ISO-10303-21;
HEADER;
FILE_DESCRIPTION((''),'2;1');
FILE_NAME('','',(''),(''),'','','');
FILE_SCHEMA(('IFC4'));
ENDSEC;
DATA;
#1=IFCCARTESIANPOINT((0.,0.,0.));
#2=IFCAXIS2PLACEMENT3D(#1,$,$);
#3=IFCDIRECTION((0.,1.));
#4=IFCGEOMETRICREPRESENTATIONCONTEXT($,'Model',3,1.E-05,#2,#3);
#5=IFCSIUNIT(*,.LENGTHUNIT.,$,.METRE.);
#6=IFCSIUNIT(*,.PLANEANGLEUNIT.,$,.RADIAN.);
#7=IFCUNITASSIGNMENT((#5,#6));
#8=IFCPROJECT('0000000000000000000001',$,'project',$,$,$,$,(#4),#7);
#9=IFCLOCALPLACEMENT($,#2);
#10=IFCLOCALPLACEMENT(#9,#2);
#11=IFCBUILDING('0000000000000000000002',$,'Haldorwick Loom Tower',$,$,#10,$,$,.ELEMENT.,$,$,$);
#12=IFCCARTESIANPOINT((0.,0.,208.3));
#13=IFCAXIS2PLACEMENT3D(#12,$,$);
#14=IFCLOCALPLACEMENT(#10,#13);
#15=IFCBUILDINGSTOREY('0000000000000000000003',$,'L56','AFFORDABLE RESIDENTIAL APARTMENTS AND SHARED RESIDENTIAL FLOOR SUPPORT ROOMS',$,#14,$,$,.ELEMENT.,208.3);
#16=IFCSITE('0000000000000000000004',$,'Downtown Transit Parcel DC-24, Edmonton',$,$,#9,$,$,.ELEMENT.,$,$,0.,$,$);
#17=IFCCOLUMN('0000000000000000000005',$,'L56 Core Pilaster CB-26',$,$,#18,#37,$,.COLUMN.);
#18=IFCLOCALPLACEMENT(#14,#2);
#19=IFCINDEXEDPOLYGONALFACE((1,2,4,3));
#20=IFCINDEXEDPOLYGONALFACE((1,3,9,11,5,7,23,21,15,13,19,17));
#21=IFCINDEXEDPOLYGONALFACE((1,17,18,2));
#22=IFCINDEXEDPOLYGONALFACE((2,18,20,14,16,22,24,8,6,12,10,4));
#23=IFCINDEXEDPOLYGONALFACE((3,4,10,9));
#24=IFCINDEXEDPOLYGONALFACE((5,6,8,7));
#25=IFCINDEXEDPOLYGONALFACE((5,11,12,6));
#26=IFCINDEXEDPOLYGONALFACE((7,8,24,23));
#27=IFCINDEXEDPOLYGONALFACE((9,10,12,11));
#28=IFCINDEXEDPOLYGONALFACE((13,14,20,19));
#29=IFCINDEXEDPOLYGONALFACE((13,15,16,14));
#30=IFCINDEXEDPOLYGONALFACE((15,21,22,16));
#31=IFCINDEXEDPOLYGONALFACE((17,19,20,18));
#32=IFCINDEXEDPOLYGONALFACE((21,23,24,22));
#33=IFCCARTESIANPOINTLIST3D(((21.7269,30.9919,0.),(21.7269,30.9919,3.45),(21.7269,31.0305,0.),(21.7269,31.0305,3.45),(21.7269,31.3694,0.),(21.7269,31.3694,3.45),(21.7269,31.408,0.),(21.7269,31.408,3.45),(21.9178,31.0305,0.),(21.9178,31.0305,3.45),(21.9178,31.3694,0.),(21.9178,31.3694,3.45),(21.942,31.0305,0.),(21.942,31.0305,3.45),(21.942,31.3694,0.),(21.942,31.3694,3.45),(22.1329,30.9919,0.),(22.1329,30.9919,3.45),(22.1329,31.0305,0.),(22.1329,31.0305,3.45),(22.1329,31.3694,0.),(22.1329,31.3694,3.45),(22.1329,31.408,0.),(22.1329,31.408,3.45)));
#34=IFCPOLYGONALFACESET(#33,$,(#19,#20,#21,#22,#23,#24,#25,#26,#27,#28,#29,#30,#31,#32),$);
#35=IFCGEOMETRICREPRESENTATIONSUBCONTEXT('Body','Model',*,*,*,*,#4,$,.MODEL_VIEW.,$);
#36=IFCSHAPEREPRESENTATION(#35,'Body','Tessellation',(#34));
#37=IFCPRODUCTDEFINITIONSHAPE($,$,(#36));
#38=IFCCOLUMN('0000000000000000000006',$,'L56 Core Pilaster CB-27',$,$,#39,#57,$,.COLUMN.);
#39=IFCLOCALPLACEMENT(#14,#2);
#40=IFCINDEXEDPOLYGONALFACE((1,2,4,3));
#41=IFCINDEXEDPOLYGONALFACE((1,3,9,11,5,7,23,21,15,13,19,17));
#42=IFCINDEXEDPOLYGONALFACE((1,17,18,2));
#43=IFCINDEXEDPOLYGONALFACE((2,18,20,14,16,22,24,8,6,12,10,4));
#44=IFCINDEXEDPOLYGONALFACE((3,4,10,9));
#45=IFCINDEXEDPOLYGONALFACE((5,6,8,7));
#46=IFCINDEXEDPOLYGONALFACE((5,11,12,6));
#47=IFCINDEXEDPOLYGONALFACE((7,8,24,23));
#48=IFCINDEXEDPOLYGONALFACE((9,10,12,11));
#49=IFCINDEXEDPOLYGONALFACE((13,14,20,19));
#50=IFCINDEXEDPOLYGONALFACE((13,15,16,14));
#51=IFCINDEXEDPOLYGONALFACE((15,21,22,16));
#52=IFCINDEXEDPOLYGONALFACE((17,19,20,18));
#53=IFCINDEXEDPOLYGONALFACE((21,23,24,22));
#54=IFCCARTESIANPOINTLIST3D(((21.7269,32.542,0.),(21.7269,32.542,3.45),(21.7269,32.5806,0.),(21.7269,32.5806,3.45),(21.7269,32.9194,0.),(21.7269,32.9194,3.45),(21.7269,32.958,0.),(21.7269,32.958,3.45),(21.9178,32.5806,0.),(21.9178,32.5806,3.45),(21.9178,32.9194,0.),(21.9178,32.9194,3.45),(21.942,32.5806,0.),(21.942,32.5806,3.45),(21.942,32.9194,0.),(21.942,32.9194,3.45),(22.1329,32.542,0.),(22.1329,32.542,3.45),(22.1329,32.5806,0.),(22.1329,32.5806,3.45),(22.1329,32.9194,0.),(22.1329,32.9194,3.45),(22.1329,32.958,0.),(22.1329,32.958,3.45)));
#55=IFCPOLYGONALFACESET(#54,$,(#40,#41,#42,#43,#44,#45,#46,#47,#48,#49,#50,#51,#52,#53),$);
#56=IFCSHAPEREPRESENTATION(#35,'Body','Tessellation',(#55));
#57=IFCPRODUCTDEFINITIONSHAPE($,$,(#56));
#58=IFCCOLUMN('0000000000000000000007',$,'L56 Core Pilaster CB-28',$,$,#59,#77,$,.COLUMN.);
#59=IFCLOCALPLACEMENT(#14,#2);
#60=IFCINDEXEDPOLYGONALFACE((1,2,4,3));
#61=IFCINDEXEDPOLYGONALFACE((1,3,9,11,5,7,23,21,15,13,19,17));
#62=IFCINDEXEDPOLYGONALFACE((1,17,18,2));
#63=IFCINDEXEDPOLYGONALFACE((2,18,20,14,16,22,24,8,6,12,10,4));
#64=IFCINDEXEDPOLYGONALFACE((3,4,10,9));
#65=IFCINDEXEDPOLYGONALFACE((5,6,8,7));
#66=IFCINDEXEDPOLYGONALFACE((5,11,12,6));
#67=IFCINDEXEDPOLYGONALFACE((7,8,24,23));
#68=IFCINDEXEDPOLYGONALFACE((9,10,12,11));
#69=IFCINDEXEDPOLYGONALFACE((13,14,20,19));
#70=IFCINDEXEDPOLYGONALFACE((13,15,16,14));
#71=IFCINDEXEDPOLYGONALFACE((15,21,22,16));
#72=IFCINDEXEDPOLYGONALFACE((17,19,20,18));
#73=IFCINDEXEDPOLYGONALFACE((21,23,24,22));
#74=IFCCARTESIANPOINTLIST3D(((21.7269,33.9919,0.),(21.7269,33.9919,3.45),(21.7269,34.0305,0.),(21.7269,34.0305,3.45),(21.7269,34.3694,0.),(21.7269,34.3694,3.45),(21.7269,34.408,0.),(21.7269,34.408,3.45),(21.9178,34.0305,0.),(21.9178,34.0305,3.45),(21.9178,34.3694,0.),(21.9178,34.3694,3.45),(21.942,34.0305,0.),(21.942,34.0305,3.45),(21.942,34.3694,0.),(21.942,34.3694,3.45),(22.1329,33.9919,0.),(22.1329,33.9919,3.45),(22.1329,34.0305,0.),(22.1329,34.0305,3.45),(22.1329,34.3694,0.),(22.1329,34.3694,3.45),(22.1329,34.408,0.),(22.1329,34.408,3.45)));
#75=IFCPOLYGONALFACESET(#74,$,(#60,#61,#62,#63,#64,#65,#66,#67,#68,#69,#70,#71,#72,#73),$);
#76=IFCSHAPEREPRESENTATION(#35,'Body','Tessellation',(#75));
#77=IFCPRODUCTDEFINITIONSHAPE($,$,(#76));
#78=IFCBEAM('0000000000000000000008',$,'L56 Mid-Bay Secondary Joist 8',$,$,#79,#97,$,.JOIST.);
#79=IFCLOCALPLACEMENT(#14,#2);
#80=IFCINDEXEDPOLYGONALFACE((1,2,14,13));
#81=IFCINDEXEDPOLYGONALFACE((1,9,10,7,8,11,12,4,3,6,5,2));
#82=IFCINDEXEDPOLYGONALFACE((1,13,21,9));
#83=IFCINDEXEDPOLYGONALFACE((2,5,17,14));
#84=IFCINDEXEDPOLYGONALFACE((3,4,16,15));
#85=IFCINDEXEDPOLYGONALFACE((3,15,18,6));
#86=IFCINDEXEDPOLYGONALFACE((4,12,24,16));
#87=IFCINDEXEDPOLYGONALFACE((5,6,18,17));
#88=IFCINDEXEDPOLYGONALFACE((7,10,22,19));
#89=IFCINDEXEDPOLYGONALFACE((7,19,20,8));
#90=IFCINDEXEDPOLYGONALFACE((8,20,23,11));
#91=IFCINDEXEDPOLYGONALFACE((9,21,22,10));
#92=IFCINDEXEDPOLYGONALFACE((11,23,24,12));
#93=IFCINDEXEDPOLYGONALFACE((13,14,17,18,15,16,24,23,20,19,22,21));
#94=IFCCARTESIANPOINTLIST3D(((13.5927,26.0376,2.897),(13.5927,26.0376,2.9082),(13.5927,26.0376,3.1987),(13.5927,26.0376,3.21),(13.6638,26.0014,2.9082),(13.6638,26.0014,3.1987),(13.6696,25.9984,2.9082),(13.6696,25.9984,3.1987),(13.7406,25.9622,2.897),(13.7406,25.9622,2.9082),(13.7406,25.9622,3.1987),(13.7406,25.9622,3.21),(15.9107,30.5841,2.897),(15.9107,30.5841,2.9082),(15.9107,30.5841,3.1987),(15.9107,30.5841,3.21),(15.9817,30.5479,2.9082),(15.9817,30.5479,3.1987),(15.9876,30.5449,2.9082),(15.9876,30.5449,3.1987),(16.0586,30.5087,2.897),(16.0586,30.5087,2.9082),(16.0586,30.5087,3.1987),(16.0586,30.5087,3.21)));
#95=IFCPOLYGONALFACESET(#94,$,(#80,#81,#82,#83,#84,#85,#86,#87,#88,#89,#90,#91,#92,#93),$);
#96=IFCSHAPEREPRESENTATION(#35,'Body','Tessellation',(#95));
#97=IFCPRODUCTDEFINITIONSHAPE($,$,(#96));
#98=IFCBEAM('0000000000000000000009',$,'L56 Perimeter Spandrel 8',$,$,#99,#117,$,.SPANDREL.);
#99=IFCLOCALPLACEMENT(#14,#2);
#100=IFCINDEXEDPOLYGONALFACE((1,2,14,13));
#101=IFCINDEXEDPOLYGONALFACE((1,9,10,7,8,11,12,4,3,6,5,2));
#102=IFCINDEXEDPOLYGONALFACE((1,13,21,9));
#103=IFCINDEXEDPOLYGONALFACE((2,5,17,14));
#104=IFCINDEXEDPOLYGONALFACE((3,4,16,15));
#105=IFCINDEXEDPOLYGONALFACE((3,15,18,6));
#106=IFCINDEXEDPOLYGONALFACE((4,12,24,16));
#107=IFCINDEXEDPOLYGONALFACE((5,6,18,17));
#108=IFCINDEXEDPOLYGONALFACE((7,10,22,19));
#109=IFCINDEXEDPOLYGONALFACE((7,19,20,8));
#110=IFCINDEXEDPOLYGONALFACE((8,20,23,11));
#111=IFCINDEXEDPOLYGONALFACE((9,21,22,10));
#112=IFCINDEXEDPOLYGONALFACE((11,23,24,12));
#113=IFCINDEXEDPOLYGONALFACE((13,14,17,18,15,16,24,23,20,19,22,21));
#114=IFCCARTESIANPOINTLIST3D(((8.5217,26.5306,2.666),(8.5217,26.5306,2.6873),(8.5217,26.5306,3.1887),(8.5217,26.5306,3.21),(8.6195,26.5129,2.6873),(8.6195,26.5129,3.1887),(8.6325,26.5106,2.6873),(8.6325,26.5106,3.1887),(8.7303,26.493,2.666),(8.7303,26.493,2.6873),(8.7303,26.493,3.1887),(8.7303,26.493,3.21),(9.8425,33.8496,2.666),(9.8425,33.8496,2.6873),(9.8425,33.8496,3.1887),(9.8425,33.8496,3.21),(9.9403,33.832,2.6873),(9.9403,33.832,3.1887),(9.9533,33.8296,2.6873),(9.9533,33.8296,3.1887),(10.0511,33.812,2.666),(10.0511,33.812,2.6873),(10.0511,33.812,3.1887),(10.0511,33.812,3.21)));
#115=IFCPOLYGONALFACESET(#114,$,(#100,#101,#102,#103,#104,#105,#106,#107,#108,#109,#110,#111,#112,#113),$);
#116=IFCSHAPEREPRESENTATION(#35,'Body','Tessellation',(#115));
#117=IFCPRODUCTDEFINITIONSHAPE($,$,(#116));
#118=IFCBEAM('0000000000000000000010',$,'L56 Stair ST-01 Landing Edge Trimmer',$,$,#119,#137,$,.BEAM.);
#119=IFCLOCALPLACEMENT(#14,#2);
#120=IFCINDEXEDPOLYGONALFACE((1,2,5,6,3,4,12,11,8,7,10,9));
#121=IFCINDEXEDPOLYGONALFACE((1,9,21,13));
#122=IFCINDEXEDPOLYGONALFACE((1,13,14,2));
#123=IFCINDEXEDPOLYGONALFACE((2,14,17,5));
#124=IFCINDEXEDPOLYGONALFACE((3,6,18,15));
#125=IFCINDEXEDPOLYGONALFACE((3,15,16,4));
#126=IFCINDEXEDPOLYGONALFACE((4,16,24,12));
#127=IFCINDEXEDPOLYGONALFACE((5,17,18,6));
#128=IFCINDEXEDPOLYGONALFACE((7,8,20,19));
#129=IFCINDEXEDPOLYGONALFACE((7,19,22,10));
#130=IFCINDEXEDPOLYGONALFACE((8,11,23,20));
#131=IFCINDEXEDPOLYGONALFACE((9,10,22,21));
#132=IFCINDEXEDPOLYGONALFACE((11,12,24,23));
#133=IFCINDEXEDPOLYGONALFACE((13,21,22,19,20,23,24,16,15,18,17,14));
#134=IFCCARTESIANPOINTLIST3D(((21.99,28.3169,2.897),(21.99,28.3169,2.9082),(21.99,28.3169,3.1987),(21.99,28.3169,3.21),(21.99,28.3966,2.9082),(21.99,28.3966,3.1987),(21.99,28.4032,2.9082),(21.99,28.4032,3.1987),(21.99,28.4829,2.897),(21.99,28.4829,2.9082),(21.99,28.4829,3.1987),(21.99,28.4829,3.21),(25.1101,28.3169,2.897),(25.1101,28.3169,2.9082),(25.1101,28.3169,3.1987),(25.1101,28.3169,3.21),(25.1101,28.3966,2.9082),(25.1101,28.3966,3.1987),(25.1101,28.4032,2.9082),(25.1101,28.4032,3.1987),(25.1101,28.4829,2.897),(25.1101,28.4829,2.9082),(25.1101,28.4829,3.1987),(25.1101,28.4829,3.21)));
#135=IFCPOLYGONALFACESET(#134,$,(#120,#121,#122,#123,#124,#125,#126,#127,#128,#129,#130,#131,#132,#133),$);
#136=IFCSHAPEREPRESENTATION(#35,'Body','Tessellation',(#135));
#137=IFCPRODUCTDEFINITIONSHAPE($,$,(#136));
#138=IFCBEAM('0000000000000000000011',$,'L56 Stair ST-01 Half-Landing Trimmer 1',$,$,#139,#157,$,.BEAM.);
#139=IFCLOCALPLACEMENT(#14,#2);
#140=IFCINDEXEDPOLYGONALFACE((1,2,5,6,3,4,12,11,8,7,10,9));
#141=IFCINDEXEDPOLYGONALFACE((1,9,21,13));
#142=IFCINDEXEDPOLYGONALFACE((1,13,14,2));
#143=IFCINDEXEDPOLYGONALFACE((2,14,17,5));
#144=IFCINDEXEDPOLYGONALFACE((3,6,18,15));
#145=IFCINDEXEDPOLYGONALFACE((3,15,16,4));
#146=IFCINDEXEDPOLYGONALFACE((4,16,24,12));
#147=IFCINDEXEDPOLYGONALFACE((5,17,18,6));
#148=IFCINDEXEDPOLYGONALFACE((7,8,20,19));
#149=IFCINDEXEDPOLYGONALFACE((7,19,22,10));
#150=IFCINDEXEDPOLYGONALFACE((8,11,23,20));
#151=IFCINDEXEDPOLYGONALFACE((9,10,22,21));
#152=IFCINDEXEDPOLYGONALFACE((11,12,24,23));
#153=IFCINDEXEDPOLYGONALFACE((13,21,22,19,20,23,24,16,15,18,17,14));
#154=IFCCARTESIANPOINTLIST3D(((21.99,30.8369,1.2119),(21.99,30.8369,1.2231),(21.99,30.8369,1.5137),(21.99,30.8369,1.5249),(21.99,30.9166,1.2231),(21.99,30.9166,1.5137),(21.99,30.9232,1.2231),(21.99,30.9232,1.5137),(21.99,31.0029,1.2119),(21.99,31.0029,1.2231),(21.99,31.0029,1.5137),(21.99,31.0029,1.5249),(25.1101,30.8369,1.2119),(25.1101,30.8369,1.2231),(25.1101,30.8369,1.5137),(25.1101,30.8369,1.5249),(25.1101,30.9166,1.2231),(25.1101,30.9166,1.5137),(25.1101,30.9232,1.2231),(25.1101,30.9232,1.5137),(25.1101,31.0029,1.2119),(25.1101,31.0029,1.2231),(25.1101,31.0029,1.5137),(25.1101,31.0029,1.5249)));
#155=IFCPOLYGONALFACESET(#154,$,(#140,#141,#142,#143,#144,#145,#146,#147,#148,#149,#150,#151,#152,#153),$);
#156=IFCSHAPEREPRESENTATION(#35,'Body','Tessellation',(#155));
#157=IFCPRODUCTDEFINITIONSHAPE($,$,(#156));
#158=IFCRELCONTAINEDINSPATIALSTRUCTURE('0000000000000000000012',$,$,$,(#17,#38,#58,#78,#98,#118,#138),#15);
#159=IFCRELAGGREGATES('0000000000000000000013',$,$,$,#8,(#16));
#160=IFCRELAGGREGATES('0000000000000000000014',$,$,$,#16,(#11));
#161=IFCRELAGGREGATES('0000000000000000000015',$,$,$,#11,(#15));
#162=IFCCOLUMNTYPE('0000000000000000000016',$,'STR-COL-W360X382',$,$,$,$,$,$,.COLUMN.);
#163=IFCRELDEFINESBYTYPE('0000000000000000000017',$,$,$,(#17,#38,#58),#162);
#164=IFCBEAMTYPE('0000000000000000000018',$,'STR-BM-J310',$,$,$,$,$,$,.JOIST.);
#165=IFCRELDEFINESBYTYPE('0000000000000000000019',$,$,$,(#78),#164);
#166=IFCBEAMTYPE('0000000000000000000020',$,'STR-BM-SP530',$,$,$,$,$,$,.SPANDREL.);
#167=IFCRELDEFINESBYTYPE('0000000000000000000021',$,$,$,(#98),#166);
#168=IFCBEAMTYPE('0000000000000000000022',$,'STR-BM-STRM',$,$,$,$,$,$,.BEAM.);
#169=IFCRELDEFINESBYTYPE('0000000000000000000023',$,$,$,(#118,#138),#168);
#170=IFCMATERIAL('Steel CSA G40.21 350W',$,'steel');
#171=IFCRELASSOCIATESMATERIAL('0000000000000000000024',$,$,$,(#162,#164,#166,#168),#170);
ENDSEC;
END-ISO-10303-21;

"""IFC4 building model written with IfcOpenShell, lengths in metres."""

from ifc_helpers import new_model, si_unit, direction, frame, origin, origin_2d, place, context, subcontext, project, spatial, i_section, extrude, material, material_profile, profile_set, type_object, element, save


model = new_model("IFC4")

# Units and contexts
model_context = context("Model", 3, precision=1e-05, world=origin(), true_north=direction((0.0, 1.0)))
body_context = subcontext(model_context, "Body", "Model", "MODEL_VIEW")
ifc_project = project(units=[si_unit("LENGTHUNIT", "METRE"), si_unit("PLANEANGLEUNIT", "RADIAN")], contexts=[model_context])

# Site, building, storey
site_placement = place(None, origin())
site = spatial("IfcSite", under=ifc_project, at=site_placement, Name="Downtown Transit Parcel DC-24, Edmonton", CompositionType="ELEMENT", RefElevation=0.0)
building_placement = place(site_placement, origin())
building = spatial("IfcBuilding", under=site, at=building_placement, Name="Haldorwick Loom Tower", CompositionType="ELEMENT")
storey_placement = place(building_placement, frame((0.0, 0.0, 208.3)))
storey = spatial("IfcBuildingStorey", under=building, at=storey_placement, Name="L56", Description="AFFORDABLE RESIDENTIAL APARTMENTS AND SHARED RESIDENTIAL FLOOR SUPPORT ROOMS", CompositionType="ELEMENT", Elevation=208.3)

# Columns
ifc_material_1 = material(Name="Steel CSA G40.21 350W", Category="steel")
ifc_material_profile_1 = material_profile(ifc_material_1, i_section(OverallWidth=0.406, OverallDepth=0.416, WebThickness=0.0242, FlangeThickness=0.0386, at=origin_2d()), Name="W360X382", Category="steel")
ifc_profile_set_1 = profile_set([ifc_material_profile_1], Name="Steel CSA G40.21 350W")
column_type = type_object("IfcColumnType", Name="STR-COL-W360X382", PredefinedType="COLUMN", material=ifc_profile_set_1)
for number, where, z_axis, x_axis, name in (
    (1, (21.9299, 31.2, 0.0), (0.0, 0.0, 1.0), (1.0, 0.0, 0.0), "L56 Core Pilaster CB-26"),
    (2, (21.9299, 32.75, 0.0), (0.0, 0.0, 1.0), (1.0, 0.0, 0.0), "L56 Core Pilaster CB-27"),
    (3, (21.9299, 34.2, 0.0), (0.0, 0.0, 1.0), (1.0, 0.0, 0.0), "L56 Core Pilaster CB-28"),
):
    element("IfcColumn", number, at=place(storey_placement, frame(where, z_axis=z_axis, x_axis=x_axis)), inside=storey, type_object=column_type, Name=name, PredefinedType="COLUMN", context=body_context, shape_type="SweptSolid", body=[
        extrude(i_section(OverallWidth=0.406, OverallDepth=0.416, WebThickness=0.0242, FlangeThickness=0.0386, at=origin_2d()), origin(), (0.0, 0.0, 1.0), 3.45),
    ])

# Beams
ifc_material_profile_2 = material_profile(ifc_material_1, i_section(OverallWidth=0.166, OverallDepth=0.313, WebThickness=0.0066, FlangeThickness=0.0112, at=origin_2d()), Name="W310X45", Category="steel")
ifc_profile_set_2 = profile_set([ifc_material_profile_2], Name="Steel CSA G40.21 350W")
beam_type_1 = type_object("IfcBeamType", Name="STR-BM-J310", PredefinedType="JOIST", material=ifc_profile_set_2)
beam_1_placement = place(storey_placement, frame((15.9846, 30.5464, 3.0535), z_axis=(-0.454204, -0.890898, 0.0), x_axis=(0.890898, -0.454204, 0.0)))
element("IfcBeam", 4, at=beam_1_placement, inside=storey, type_object=beam_type_1, Name="L56 Mid-Bay Secondary Joist 8", PredefinedType="JOIST", context=body_context, shape_type="SweptSolid", body=[
    extrude(i_section(OverallWidth=0.166, OverallDepth=0.313, WebThickness=0.0066, FlangeThickness=0.0112, at=origin_2d()), origin(), (0.0, 0.0, 1.0), 5.1033),
])
ifc_material_profile_3 = material_profile(ifc_material_1, i_section(OverallWidth=0.2119, OverallDepth=0.5439, WebThickness=0.0132, FlangeThickness=0.0212, at=origin_2d()), Name="W530X123", Category="steel")
ifc_profile_set_3 = profile_set([ifc_material_profile_3], Name="Steel CSA G40.21 350W")
beam_type_2 = type_object("IfcBeamType", Name="STR-BM-SP530", PredefinedType="SPANDREL", material=ifc_profile_set_3)
beam_2_placement = place(storey_placement, frame((9.9468, 33.8308, 2.938), z_axis=(-0.177591, -0.984104, 0.0), x_axis=(0.984104, -0.177591, 0.0)))
element("IfcBeam", 5, at=beam_2_placement, inside=storey, type_object=beam_type_2, Name="L56 Perimeter Spandrel 8", PredefinedType="SPANDREL", context=body_context, shape_type="SweptSolid", body=[
    extrude(i_section(OverallWidth=0.2119, OverallDepth=0.5439, WebThickness=0.0132, FlangeThickness=0.0212, at=origin_2d()), origin(), (0.0, 0.0, 1.0), 7.4373),
])
ifc_material_profile_4 = material_profile(ifc_material_1, i_section(OverallWidth=0.166, OverallDepth=0.313, WebThickness=0.0066, FlangeThickness=0.0112, at=origin_2d()), Name="W310X45", Category="steel")
ifc_profile_set_4 = profile_set([ifc_material_profile_4], Name="Steel CSA G40.21 350W")
beam_type_3 = type_object("IfcBeamType", Name="STR-BM-STRM", PredefinedType="BEAM", material=ifc_profile_set_4)
for number, where, z_axis, x_axis, name in (
    (6, (21.99, 28.3999, 3.0535), (1.0, 0.0, 0.0), (0.0, 1.0, 0.0), "L56 Stair ST-01 Landing Edge Trimmer"),
    (7, (21.99, 30.9199, 1.3684), (1.0, 0.0, 0.0), (0.0, 1.0, 0.0), "L56 Stair ST-01 Half-Landing Trimmer 1"),
):
    element("IfcBeam", number, at=place(storey_placement, frame(where, z_axis=z_axis, x_axis=x_axis)), inside=storey, type_object=beam_type_3, Name=name, PredefinedType="BEAM", context=body_context, shape_type="SweptSolid", body=[
        extrude(i_section(OverallWidth=0.166, OverallDepth=0.313, WebThickness=0.0066, FlangeThickness=0.0112, at=origin_2d()), origin(), (0.0, 0.0, 1.0), 3.1201),
    ])

save(model, "model.ifc")
